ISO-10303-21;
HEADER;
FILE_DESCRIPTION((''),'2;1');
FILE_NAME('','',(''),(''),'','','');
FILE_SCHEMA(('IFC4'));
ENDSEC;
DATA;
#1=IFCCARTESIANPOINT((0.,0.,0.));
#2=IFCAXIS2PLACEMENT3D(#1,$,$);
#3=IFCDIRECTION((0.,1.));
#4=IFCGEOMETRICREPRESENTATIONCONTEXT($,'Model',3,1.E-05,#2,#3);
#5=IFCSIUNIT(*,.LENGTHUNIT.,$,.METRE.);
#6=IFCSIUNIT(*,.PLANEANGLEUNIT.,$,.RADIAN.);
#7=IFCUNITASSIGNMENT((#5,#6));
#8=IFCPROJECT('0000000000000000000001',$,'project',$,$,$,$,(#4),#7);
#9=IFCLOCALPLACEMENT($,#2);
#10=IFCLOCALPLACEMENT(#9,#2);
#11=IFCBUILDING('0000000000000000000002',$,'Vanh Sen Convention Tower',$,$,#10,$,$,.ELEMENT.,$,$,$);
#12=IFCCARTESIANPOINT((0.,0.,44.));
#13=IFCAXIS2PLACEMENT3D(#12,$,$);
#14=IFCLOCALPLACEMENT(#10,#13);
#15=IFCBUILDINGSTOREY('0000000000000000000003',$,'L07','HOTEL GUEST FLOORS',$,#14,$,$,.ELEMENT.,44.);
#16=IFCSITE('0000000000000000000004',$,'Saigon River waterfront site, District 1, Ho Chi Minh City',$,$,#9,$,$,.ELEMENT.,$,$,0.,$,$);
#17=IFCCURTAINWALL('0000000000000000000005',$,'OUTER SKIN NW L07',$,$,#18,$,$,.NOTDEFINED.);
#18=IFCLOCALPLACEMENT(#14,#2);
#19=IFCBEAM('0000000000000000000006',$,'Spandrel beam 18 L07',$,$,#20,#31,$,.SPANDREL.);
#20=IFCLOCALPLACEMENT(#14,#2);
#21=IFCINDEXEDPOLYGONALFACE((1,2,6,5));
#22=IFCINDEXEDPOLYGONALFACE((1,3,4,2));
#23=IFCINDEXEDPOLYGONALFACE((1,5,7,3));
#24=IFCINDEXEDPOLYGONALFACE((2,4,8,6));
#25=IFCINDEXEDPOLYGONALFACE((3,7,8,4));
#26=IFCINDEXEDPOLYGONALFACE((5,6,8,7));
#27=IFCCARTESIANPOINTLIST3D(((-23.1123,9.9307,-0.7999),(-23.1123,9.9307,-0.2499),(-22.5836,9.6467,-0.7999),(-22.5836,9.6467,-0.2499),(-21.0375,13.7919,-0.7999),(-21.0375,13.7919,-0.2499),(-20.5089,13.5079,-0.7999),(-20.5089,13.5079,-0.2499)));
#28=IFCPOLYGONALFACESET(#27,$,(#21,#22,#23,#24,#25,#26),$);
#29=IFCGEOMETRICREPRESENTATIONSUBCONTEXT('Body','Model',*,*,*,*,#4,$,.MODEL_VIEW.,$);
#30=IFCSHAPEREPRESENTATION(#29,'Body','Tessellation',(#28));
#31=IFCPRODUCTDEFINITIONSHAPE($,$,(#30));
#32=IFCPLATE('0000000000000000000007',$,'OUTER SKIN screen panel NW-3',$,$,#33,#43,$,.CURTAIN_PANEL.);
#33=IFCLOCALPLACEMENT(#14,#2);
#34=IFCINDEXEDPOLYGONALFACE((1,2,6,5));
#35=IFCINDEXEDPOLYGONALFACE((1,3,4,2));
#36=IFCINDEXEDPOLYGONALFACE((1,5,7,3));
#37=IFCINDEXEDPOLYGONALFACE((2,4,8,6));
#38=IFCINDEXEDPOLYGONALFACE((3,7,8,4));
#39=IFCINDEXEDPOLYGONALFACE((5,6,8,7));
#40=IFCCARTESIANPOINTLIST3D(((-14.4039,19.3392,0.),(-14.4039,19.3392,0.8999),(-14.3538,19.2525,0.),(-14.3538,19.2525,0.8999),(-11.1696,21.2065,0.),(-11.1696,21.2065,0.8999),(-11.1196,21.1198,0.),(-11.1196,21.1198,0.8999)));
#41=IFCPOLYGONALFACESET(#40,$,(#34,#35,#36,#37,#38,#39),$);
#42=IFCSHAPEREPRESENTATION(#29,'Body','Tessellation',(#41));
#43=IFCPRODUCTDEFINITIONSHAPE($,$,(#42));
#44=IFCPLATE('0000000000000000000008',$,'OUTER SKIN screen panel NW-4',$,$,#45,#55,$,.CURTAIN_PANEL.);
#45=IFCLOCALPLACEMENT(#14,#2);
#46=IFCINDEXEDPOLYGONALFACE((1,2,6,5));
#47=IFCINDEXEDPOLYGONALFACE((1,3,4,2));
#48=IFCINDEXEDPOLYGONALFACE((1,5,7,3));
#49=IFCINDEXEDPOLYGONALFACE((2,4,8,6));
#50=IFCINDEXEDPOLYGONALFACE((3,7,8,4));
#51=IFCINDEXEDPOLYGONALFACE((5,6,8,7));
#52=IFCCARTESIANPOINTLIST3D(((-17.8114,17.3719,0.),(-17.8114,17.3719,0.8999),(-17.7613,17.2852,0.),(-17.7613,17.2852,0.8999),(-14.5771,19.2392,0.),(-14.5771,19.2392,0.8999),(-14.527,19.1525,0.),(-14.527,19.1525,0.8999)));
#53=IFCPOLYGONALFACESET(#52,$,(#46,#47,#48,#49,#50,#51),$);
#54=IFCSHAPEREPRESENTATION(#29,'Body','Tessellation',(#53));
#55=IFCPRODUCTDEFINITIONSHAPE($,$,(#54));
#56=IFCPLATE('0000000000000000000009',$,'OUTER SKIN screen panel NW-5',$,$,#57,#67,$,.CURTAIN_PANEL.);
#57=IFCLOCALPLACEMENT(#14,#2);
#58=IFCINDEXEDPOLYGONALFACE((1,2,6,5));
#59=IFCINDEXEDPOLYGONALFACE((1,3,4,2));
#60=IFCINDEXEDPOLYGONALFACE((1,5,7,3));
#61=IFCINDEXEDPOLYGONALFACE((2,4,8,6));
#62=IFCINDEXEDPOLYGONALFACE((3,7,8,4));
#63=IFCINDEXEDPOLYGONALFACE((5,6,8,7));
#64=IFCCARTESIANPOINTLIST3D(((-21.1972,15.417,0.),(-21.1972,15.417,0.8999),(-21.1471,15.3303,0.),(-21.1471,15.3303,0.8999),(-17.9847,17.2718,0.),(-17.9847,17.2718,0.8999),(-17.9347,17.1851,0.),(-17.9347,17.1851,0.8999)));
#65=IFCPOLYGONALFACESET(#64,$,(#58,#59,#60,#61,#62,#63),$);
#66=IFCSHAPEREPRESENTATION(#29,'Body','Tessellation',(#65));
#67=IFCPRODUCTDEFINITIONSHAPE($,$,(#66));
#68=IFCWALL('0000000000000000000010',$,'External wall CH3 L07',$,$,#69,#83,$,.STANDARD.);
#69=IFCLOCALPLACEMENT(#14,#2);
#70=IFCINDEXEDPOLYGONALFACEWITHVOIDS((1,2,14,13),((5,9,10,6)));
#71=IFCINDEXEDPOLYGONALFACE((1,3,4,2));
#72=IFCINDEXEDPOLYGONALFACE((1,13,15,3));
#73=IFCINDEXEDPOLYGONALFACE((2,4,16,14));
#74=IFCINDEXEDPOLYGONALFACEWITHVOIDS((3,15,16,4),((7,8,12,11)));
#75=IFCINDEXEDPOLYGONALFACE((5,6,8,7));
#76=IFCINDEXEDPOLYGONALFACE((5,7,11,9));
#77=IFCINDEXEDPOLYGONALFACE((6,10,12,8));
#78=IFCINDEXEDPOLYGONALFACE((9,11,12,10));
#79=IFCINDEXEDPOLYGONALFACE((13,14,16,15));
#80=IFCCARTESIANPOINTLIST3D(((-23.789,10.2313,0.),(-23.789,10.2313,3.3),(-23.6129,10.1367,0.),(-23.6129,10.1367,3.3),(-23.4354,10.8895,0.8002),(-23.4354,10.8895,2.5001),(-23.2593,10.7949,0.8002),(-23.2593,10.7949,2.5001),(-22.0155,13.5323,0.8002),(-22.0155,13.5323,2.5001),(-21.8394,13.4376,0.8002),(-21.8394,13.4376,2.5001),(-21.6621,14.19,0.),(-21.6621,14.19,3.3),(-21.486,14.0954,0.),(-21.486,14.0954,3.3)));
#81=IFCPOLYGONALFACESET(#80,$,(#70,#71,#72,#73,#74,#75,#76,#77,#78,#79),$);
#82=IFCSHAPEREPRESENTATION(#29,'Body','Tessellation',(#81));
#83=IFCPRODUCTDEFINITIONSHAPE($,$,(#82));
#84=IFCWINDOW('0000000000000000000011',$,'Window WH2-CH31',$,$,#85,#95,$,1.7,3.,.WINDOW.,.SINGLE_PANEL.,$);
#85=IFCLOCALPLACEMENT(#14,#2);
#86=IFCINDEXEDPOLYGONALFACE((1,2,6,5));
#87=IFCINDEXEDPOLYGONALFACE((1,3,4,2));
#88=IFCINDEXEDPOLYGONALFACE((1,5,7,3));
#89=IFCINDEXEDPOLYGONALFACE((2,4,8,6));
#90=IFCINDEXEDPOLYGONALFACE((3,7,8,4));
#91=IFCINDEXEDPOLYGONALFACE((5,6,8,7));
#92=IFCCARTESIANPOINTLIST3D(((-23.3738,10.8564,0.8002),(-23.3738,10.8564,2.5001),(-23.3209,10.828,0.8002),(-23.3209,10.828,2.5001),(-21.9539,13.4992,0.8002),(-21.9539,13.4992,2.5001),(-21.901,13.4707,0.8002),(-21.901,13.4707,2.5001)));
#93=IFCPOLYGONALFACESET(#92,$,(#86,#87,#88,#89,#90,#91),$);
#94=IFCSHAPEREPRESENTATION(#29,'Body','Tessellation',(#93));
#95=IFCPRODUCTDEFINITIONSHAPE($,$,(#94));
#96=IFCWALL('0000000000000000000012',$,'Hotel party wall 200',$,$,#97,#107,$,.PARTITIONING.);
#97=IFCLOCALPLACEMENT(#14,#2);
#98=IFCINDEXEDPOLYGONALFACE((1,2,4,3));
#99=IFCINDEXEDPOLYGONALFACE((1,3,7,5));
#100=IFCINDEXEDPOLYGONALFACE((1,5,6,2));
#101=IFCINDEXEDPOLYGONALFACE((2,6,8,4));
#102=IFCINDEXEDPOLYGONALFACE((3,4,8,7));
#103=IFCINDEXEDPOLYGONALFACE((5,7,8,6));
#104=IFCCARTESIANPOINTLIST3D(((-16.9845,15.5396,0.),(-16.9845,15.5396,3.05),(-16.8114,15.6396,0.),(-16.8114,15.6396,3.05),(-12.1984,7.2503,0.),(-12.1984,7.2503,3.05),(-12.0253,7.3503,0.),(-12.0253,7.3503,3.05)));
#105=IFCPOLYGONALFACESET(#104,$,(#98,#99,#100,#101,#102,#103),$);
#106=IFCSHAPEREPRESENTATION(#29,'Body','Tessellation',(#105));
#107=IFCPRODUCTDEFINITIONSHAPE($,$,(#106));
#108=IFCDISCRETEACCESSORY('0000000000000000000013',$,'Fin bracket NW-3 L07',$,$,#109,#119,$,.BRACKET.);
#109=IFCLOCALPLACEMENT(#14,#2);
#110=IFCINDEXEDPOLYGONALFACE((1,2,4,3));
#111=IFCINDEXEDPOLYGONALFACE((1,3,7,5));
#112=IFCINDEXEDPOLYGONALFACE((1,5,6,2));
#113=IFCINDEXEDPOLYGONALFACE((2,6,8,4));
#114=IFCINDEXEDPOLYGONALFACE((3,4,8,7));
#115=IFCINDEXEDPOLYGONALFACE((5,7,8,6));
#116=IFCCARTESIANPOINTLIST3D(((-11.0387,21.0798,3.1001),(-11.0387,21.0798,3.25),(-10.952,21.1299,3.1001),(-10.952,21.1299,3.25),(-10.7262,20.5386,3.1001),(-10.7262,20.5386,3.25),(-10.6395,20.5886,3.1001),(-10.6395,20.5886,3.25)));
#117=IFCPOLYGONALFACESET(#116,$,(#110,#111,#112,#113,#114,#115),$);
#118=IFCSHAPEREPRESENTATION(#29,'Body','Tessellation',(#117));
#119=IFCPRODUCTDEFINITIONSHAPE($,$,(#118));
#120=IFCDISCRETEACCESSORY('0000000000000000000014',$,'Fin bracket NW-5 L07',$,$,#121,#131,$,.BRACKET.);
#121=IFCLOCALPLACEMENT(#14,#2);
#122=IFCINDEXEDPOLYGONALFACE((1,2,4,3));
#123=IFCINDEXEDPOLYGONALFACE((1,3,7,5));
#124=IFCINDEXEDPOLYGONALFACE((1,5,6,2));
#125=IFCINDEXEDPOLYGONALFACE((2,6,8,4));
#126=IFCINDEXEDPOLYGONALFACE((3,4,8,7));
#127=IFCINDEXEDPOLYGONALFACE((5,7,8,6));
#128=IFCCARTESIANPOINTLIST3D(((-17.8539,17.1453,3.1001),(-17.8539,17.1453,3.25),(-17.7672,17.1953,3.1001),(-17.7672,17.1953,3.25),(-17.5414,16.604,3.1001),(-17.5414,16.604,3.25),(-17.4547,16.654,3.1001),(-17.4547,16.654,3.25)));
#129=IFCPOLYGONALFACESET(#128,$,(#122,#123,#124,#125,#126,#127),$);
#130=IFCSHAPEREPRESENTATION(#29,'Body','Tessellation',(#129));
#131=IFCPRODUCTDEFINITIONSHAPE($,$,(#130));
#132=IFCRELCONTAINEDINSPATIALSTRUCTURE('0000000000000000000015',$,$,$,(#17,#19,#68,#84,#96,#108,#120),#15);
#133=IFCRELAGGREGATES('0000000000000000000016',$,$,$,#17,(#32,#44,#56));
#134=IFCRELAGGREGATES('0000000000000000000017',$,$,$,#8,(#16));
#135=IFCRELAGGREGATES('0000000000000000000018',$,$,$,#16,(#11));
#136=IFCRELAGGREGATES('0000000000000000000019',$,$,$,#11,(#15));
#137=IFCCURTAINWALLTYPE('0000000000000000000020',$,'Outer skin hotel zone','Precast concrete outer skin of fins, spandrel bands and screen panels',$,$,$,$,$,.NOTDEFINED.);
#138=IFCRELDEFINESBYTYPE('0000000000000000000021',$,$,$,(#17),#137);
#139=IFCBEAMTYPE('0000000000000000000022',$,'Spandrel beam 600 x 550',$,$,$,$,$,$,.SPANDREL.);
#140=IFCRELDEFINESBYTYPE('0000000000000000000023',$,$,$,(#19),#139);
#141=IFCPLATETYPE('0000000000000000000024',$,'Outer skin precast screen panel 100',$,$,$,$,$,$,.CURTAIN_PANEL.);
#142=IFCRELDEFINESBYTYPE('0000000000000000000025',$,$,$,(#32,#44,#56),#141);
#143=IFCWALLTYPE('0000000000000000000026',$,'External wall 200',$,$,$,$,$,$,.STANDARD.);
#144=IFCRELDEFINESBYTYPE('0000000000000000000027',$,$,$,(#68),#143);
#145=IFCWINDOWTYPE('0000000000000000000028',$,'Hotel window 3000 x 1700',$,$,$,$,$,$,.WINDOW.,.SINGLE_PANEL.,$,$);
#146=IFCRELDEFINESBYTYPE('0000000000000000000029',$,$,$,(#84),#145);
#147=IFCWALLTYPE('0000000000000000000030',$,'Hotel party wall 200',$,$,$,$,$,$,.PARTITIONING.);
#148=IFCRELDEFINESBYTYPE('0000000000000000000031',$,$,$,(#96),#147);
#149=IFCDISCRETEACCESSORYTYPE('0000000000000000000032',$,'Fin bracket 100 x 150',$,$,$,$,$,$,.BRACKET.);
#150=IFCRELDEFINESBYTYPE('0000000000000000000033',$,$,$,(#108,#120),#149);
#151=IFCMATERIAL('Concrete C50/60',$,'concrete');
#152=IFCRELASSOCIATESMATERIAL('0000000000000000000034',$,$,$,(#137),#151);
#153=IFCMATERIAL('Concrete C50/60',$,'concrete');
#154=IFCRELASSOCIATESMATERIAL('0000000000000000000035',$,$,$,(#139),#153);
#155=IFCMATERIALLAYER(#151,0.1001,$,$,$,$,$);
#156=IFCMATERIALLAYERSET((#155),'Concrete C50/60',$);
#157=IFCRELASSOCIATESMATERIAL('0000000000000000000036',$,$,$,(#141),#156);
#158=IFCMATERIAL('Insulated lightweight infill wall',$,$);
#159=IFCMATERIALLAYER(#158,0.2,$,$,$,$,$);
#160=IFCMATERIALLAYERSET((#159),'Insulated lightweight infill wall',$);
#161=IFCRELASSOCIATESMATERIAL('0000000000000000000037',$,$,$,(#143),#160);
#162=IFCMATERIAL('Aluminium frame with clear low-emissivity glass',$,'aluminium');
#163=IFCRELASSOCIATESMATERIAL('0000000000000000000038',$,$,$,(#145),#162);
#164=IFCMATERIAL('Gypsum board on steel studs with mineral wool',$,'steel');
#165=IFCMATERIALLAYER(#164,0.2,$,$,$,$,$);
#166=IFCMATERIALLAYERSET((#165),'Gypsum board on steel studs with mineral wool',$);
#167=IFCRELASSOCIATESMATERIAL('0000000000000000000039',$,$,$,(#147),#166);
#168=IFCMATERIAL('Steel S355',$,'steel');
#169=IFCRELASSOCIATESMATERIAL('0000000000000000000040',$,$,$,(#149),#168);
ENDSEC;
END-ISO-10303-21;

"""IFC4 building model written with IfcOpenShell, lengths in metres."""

from ifc_helpers import new_model, si_unit, direction, frame, frame_2d, origin, origin_2d, place, context, subcontext, project, spatial, rectangle, extrude, material, layer, layer_set, material_profile, profile_set, type_object, element, fill, aggregate, save


model = new_model("IFC4")

# Units and contexts
model_context = context("Model", 3, precision=1e-05, world=origin(), true_north=direction((0.0, 1.0)))
body_context = subcontext(model_context, "Body", "Model", "MODEL_VIEW")
ifc_project = project(units=[si_unit("LENGTHUNIT", "METRE"), si_unit("PLANEANGLEUNIT", "RADIAN")], contexts=[model_context])

# Site, building, storey
site_placement = place(None, origin())
site = spatial("IfcSite", under=ifc_project, at=site_placement, Name="Saigon River waterfront site, District 1, Ho Chi Minh City", CompositionType="ELEMENT", RefElevation=0.0)
building_placement = place(site_placement, origin())
building = spatial("IfcBuilding", under=site, at=building_placement, Name="Vanh Sen Convention Tower", CompositionType="ELEMENT")
storey_placement = place(building_placement, frame((0.0, 0.0, 44.0)))
storey = spatial("IfcBuildingStorey", under=building, at=storey_placement, Name="L07", Description="HOTEL GUEST FLOORS", CompositionType="ELEMENT", Elevation=44.0)

# Curtain wall
ifc_material_1 = material(Name="Concrete C50/60", Category="concrete")
curtain_wall_type = type_object("IfcCurtainWallType", Name="Outer skin hotel zone", Description="Precast concrete outer skin of fins, spandrel bands and screen panels", PredefinedType="NOTDEFINED", material=ifc_material_1)
curtain_wall_1_placement = place(storey_placement, origin())
curtain_wall_1 = element("IfcCurtainWall", 1, at=curtain_wall_1_placement, inside=storey, type_object=curtain_wall_type, Name="OUTER SKIN NW L07", PredefinedType="NOTDEFINED")

# Beam
ifc_material_2 = material(Name="Concrete C50/60", Category="concrete")
ifc_material_profile_1 = material_profile(ifc_material_2, rectangle(XDim=0.6001, YDim=0.55, at=origin_2d()), Name="RC 600X550")
ifc_profile_set_1 = profile_set([ifc_material_profile_1], Name="Concrete C50/60")
beam_type_1 = type_object("IfcBeamType", Name="Spandrel beam 600 x 550", PredefinedType="SPANDREL", material=ifc_profile_set_1)
beam_1_placement = place(storey_placement, frame((-20.7732, 13.6499, -0.5249), z_axis=(-0.473332, -0.880884, 0.0), x_axis=(0.880884, -0.473332, 0.0)))
element("IfcBeam", 2, at=beam_1_placement, inside=storey, type_object=beam_type_1, Name="Spandrel beam 18 L07", PredefinedType="SPANDREL", context=body_context, shape_type="SweptSolid", body=[
    extrude(rectangle(XDim=0.6001, YDim=0.55, at=origin_2d()), origin(), (0.0, 0.0, 1.0), 4.3833),
])

# Plates
ifc_layer_1 = layer(ifc_material_1, 0.1001)
ifc_layer_set_1 = layer_set([ifc_layer_1], Name="Concrete C50/60")
plate_type = type_object("IfcPlateType", Name="Outer skin precast screen panel 100", PredefinedType="CURTAIN_PANEL", material=ifc_layer_set_1)
plate_1_placement = place(storey_placement, frame((-12.7617, 20.2295, 0.0), z_axis=(0.0, 0.0, 1.0), x_axis=(-0.866028, -0.499995, 0.0)))
plate_1 = element("IfcPlate", 3, at=plate_1_placement, type_object=plate_type, Name="OUTER SKIN screen panel NW-3", PredefinedType="CURTAIN_PANEL", context=body_context, shape_type="SweptSolid", body=[
    extrude(rectangle(XDim=3.7346, YDim=0.1001, at=origin_2d()), origin(), (0.0, 0.0, 1.0), 0.8999),
])
plate_2_placement = place(storey_placement, frame((-16.1692, 18.2622, 0.0), z_axis=(0.0, 0.0, 1.0), x_axis=(-0.866028, -0.499995, 0.0)))
plate_2 = element("IfcPlate", 4, at=plate_2_placement, type_object=plate_type, Name="OUTER SKIN screen panel NW-4", PredefinedType="CURTAIN_PANEL", context=body_context, shape_type="SweptSolid", body=[
    extrude(rectangle(XDim=3.7346, YDim=0.1001, at=origin_2d()), origin(), (0.0, 0.0, 1.0), 0.8999),
])
plate_3_placement = place(storey_placement, frame((-19.5659, 16.301, 0.0), z_axis=(0.0, 0.0, 1.0), x_axis=(-0.866021, -0.500008, 0.0)))
plate_3 = element("IfcPlate", 5, at=plate_3_placement, type_object=plate_type, Name="OUTER SKIN screen panel NW-5", PredefinedType="CURTAIN_PANEL", context=body_context, shape_type="SweptSolid", body=[
    extrude(rectangle(XDim=3.7095, YDim=0.1001, at=origin_2d()), origin(), (0.0, 0.0, 1.0), 0.8999),
])
aggregate(curtain_wall_1, [plate_1, plate_2, plate_3])

# Wall, opening, window
ifc_material_3 = material(Name="Insulated lightweight infill wall")
ifc_layer_2 = layer(ifc_material_3, 0.2)
ifc_layer_set_2 = layer_set([ifc_layer_2], Name="Insulated lightweight infill wall")
wall_type_1 = type_object("IfcWallType", Name="External wall 200", PredefinedType="STANDARD", material=ifc_layer_set_2)
wall_1_placement = place(storey_placement, frame((-21.574, 14.1428, 0.0), z_axis=(0.0, 0.0, 1.0), x_axis=(-0.473293, -0.880905, 0.0)))
wall_1 = element("IfcWall", 6, at=wall_1_placement, inside=storey, type_object=wall_type_1, Name="External wall CH3 L07", PredefinedType="STANDARD", context=body_context, shape_type="SweptSolid", body=[
    extrude(rectangle(XDim=4.4939, YDim=0.2, at=frame_2d((2.2471, 0.0))), origin(), (0.0, 0.0, 1.0), 3.3),
])
opening_placement = place(wall_1_placement, frame((0.7468, 0.0, 0.8)))
opening = element("IfcOpeningElement", 7, at=opening_placement, cuts=wall_1, PredefinedType="OPENING", context=body_context, shape_type="SweptSolid", body=[
    extrude(rectangle(XDim=3.0, YDim=1.7, at=frame_2d((1.5, 0.8501))), frame((0.0, 0.1099, 0.0), z_axis=(0.0, -1.0, 0.0), x_axis=(1.0, 0.0, 0.0)), (0.0, 0.0, 1.0), 0.22),
])
ifc_material_4 = material(Name="Aluminium frame with clear low-emissivity glass", Category="aluminium")
window_type = type_object("IfcWindowType", Name="Hotel window 3000 x 1700", PartitioningType="SINGLE_PANEL", PredefinedType="WINDOW", material=ifc_material_4)
window_placement = place(opening_placement, origin())
window = element("IfcWindow", 8, at=window_placement, inside=storey, type_object=window_type, Name="Window WH2-CH31", OverallHeight=1.7, OverallWidth=3.0, PartitioningType="SINGLE_PANEL", PredefinedType="WINDOW", context=body_context, shape_type="SweptSolid", body=[
    extrude(rectangle(XDim=3.0, YDim=1.7, at=frame_2d((1.5, 0.8501))), frame((0.0, 0.03, 0.0), z_axis=(0.0, -1.0, 0.0), x_axis=(1.0, 0.0, 0.0)), (0.0, 0.0, 1.0), 0.0601),
])
fill(opening, window)

# Wall
ifc_material_5 = material(Name="Gypsum board on steel studs with mineral wool", Category="steel")
ifc_layer_3 = layer(ifc_material_5, 0.2)
ifc_layer_set_3 = layer_set([ifc_layer_3], Name="Gypsum board on steel studs with mineral wool")
wall_type_2 = type_object("IfcWallType", Name="Hotel party wall 200", PredefinedType="PARTITIONING", material=ifc_layer_set_3)
wall_2_placement = place(storey_placement, frame((-16.8979, 15.5896, 0.0), z_axis=(0.0, 0.0, 1.0), x_axis=(0.500023, -0.866012, 0.0)))
element("IfcWall", 9, at=wall_2_placement, inside=storey, type_object=wall_type_2, Name="Hotel party wall 200", PredefinedType="PARTITIONING", context=body_context, shape_type="SweptSolid", body=[
    extrude(rectangle(XDim=9.5718, YDim=0.2, at=frame_2d((4.7859, 0.0))), origin(), (0.0, 0.0, 1.0), 3.05),
])

# Discrete accessories
ifc_material_6 = material(Name="Steel S355", Category="steel")
discrete_accessory_type = type_object("IfcDiscreteAccessoryType", Name="Fin bracket 100 x 150", PredefinedType="BRACKET", material=ifc_material_6)
for number, where, z_axis, x_axis, name in (
    (10, (-10.8391, 20.8342, 3.1001), (0.0, 0.0, 1.0), (-0.5, 0.866025, 0.0), "Fin bracket NW-3 L07"),
    (11, (-17.6543, 16.8997, 3.1001), (0.0, 0.0, 1.0), (-0.5, 0.866025, 0.0), "Fin bracket NW-5 L07"),
):
    element("IfcDiscreteAccessory", number, at=place(storey_placement, frame(where, z_axis=z_axis, x_axis=x_axis)), inside=storey, type_object=discrete_accessory_type, Name=name, PredefinedType="BRACKET", context=body_context, shape_type="SweptSolid", body=[
        extrude(rectangle(XDim=0.625, YDim=0.1001, at=origin_2d()), origin(), (0.0, 0.0, 1.0), 0.1499),
    ])

save(model, "model.ifc")
